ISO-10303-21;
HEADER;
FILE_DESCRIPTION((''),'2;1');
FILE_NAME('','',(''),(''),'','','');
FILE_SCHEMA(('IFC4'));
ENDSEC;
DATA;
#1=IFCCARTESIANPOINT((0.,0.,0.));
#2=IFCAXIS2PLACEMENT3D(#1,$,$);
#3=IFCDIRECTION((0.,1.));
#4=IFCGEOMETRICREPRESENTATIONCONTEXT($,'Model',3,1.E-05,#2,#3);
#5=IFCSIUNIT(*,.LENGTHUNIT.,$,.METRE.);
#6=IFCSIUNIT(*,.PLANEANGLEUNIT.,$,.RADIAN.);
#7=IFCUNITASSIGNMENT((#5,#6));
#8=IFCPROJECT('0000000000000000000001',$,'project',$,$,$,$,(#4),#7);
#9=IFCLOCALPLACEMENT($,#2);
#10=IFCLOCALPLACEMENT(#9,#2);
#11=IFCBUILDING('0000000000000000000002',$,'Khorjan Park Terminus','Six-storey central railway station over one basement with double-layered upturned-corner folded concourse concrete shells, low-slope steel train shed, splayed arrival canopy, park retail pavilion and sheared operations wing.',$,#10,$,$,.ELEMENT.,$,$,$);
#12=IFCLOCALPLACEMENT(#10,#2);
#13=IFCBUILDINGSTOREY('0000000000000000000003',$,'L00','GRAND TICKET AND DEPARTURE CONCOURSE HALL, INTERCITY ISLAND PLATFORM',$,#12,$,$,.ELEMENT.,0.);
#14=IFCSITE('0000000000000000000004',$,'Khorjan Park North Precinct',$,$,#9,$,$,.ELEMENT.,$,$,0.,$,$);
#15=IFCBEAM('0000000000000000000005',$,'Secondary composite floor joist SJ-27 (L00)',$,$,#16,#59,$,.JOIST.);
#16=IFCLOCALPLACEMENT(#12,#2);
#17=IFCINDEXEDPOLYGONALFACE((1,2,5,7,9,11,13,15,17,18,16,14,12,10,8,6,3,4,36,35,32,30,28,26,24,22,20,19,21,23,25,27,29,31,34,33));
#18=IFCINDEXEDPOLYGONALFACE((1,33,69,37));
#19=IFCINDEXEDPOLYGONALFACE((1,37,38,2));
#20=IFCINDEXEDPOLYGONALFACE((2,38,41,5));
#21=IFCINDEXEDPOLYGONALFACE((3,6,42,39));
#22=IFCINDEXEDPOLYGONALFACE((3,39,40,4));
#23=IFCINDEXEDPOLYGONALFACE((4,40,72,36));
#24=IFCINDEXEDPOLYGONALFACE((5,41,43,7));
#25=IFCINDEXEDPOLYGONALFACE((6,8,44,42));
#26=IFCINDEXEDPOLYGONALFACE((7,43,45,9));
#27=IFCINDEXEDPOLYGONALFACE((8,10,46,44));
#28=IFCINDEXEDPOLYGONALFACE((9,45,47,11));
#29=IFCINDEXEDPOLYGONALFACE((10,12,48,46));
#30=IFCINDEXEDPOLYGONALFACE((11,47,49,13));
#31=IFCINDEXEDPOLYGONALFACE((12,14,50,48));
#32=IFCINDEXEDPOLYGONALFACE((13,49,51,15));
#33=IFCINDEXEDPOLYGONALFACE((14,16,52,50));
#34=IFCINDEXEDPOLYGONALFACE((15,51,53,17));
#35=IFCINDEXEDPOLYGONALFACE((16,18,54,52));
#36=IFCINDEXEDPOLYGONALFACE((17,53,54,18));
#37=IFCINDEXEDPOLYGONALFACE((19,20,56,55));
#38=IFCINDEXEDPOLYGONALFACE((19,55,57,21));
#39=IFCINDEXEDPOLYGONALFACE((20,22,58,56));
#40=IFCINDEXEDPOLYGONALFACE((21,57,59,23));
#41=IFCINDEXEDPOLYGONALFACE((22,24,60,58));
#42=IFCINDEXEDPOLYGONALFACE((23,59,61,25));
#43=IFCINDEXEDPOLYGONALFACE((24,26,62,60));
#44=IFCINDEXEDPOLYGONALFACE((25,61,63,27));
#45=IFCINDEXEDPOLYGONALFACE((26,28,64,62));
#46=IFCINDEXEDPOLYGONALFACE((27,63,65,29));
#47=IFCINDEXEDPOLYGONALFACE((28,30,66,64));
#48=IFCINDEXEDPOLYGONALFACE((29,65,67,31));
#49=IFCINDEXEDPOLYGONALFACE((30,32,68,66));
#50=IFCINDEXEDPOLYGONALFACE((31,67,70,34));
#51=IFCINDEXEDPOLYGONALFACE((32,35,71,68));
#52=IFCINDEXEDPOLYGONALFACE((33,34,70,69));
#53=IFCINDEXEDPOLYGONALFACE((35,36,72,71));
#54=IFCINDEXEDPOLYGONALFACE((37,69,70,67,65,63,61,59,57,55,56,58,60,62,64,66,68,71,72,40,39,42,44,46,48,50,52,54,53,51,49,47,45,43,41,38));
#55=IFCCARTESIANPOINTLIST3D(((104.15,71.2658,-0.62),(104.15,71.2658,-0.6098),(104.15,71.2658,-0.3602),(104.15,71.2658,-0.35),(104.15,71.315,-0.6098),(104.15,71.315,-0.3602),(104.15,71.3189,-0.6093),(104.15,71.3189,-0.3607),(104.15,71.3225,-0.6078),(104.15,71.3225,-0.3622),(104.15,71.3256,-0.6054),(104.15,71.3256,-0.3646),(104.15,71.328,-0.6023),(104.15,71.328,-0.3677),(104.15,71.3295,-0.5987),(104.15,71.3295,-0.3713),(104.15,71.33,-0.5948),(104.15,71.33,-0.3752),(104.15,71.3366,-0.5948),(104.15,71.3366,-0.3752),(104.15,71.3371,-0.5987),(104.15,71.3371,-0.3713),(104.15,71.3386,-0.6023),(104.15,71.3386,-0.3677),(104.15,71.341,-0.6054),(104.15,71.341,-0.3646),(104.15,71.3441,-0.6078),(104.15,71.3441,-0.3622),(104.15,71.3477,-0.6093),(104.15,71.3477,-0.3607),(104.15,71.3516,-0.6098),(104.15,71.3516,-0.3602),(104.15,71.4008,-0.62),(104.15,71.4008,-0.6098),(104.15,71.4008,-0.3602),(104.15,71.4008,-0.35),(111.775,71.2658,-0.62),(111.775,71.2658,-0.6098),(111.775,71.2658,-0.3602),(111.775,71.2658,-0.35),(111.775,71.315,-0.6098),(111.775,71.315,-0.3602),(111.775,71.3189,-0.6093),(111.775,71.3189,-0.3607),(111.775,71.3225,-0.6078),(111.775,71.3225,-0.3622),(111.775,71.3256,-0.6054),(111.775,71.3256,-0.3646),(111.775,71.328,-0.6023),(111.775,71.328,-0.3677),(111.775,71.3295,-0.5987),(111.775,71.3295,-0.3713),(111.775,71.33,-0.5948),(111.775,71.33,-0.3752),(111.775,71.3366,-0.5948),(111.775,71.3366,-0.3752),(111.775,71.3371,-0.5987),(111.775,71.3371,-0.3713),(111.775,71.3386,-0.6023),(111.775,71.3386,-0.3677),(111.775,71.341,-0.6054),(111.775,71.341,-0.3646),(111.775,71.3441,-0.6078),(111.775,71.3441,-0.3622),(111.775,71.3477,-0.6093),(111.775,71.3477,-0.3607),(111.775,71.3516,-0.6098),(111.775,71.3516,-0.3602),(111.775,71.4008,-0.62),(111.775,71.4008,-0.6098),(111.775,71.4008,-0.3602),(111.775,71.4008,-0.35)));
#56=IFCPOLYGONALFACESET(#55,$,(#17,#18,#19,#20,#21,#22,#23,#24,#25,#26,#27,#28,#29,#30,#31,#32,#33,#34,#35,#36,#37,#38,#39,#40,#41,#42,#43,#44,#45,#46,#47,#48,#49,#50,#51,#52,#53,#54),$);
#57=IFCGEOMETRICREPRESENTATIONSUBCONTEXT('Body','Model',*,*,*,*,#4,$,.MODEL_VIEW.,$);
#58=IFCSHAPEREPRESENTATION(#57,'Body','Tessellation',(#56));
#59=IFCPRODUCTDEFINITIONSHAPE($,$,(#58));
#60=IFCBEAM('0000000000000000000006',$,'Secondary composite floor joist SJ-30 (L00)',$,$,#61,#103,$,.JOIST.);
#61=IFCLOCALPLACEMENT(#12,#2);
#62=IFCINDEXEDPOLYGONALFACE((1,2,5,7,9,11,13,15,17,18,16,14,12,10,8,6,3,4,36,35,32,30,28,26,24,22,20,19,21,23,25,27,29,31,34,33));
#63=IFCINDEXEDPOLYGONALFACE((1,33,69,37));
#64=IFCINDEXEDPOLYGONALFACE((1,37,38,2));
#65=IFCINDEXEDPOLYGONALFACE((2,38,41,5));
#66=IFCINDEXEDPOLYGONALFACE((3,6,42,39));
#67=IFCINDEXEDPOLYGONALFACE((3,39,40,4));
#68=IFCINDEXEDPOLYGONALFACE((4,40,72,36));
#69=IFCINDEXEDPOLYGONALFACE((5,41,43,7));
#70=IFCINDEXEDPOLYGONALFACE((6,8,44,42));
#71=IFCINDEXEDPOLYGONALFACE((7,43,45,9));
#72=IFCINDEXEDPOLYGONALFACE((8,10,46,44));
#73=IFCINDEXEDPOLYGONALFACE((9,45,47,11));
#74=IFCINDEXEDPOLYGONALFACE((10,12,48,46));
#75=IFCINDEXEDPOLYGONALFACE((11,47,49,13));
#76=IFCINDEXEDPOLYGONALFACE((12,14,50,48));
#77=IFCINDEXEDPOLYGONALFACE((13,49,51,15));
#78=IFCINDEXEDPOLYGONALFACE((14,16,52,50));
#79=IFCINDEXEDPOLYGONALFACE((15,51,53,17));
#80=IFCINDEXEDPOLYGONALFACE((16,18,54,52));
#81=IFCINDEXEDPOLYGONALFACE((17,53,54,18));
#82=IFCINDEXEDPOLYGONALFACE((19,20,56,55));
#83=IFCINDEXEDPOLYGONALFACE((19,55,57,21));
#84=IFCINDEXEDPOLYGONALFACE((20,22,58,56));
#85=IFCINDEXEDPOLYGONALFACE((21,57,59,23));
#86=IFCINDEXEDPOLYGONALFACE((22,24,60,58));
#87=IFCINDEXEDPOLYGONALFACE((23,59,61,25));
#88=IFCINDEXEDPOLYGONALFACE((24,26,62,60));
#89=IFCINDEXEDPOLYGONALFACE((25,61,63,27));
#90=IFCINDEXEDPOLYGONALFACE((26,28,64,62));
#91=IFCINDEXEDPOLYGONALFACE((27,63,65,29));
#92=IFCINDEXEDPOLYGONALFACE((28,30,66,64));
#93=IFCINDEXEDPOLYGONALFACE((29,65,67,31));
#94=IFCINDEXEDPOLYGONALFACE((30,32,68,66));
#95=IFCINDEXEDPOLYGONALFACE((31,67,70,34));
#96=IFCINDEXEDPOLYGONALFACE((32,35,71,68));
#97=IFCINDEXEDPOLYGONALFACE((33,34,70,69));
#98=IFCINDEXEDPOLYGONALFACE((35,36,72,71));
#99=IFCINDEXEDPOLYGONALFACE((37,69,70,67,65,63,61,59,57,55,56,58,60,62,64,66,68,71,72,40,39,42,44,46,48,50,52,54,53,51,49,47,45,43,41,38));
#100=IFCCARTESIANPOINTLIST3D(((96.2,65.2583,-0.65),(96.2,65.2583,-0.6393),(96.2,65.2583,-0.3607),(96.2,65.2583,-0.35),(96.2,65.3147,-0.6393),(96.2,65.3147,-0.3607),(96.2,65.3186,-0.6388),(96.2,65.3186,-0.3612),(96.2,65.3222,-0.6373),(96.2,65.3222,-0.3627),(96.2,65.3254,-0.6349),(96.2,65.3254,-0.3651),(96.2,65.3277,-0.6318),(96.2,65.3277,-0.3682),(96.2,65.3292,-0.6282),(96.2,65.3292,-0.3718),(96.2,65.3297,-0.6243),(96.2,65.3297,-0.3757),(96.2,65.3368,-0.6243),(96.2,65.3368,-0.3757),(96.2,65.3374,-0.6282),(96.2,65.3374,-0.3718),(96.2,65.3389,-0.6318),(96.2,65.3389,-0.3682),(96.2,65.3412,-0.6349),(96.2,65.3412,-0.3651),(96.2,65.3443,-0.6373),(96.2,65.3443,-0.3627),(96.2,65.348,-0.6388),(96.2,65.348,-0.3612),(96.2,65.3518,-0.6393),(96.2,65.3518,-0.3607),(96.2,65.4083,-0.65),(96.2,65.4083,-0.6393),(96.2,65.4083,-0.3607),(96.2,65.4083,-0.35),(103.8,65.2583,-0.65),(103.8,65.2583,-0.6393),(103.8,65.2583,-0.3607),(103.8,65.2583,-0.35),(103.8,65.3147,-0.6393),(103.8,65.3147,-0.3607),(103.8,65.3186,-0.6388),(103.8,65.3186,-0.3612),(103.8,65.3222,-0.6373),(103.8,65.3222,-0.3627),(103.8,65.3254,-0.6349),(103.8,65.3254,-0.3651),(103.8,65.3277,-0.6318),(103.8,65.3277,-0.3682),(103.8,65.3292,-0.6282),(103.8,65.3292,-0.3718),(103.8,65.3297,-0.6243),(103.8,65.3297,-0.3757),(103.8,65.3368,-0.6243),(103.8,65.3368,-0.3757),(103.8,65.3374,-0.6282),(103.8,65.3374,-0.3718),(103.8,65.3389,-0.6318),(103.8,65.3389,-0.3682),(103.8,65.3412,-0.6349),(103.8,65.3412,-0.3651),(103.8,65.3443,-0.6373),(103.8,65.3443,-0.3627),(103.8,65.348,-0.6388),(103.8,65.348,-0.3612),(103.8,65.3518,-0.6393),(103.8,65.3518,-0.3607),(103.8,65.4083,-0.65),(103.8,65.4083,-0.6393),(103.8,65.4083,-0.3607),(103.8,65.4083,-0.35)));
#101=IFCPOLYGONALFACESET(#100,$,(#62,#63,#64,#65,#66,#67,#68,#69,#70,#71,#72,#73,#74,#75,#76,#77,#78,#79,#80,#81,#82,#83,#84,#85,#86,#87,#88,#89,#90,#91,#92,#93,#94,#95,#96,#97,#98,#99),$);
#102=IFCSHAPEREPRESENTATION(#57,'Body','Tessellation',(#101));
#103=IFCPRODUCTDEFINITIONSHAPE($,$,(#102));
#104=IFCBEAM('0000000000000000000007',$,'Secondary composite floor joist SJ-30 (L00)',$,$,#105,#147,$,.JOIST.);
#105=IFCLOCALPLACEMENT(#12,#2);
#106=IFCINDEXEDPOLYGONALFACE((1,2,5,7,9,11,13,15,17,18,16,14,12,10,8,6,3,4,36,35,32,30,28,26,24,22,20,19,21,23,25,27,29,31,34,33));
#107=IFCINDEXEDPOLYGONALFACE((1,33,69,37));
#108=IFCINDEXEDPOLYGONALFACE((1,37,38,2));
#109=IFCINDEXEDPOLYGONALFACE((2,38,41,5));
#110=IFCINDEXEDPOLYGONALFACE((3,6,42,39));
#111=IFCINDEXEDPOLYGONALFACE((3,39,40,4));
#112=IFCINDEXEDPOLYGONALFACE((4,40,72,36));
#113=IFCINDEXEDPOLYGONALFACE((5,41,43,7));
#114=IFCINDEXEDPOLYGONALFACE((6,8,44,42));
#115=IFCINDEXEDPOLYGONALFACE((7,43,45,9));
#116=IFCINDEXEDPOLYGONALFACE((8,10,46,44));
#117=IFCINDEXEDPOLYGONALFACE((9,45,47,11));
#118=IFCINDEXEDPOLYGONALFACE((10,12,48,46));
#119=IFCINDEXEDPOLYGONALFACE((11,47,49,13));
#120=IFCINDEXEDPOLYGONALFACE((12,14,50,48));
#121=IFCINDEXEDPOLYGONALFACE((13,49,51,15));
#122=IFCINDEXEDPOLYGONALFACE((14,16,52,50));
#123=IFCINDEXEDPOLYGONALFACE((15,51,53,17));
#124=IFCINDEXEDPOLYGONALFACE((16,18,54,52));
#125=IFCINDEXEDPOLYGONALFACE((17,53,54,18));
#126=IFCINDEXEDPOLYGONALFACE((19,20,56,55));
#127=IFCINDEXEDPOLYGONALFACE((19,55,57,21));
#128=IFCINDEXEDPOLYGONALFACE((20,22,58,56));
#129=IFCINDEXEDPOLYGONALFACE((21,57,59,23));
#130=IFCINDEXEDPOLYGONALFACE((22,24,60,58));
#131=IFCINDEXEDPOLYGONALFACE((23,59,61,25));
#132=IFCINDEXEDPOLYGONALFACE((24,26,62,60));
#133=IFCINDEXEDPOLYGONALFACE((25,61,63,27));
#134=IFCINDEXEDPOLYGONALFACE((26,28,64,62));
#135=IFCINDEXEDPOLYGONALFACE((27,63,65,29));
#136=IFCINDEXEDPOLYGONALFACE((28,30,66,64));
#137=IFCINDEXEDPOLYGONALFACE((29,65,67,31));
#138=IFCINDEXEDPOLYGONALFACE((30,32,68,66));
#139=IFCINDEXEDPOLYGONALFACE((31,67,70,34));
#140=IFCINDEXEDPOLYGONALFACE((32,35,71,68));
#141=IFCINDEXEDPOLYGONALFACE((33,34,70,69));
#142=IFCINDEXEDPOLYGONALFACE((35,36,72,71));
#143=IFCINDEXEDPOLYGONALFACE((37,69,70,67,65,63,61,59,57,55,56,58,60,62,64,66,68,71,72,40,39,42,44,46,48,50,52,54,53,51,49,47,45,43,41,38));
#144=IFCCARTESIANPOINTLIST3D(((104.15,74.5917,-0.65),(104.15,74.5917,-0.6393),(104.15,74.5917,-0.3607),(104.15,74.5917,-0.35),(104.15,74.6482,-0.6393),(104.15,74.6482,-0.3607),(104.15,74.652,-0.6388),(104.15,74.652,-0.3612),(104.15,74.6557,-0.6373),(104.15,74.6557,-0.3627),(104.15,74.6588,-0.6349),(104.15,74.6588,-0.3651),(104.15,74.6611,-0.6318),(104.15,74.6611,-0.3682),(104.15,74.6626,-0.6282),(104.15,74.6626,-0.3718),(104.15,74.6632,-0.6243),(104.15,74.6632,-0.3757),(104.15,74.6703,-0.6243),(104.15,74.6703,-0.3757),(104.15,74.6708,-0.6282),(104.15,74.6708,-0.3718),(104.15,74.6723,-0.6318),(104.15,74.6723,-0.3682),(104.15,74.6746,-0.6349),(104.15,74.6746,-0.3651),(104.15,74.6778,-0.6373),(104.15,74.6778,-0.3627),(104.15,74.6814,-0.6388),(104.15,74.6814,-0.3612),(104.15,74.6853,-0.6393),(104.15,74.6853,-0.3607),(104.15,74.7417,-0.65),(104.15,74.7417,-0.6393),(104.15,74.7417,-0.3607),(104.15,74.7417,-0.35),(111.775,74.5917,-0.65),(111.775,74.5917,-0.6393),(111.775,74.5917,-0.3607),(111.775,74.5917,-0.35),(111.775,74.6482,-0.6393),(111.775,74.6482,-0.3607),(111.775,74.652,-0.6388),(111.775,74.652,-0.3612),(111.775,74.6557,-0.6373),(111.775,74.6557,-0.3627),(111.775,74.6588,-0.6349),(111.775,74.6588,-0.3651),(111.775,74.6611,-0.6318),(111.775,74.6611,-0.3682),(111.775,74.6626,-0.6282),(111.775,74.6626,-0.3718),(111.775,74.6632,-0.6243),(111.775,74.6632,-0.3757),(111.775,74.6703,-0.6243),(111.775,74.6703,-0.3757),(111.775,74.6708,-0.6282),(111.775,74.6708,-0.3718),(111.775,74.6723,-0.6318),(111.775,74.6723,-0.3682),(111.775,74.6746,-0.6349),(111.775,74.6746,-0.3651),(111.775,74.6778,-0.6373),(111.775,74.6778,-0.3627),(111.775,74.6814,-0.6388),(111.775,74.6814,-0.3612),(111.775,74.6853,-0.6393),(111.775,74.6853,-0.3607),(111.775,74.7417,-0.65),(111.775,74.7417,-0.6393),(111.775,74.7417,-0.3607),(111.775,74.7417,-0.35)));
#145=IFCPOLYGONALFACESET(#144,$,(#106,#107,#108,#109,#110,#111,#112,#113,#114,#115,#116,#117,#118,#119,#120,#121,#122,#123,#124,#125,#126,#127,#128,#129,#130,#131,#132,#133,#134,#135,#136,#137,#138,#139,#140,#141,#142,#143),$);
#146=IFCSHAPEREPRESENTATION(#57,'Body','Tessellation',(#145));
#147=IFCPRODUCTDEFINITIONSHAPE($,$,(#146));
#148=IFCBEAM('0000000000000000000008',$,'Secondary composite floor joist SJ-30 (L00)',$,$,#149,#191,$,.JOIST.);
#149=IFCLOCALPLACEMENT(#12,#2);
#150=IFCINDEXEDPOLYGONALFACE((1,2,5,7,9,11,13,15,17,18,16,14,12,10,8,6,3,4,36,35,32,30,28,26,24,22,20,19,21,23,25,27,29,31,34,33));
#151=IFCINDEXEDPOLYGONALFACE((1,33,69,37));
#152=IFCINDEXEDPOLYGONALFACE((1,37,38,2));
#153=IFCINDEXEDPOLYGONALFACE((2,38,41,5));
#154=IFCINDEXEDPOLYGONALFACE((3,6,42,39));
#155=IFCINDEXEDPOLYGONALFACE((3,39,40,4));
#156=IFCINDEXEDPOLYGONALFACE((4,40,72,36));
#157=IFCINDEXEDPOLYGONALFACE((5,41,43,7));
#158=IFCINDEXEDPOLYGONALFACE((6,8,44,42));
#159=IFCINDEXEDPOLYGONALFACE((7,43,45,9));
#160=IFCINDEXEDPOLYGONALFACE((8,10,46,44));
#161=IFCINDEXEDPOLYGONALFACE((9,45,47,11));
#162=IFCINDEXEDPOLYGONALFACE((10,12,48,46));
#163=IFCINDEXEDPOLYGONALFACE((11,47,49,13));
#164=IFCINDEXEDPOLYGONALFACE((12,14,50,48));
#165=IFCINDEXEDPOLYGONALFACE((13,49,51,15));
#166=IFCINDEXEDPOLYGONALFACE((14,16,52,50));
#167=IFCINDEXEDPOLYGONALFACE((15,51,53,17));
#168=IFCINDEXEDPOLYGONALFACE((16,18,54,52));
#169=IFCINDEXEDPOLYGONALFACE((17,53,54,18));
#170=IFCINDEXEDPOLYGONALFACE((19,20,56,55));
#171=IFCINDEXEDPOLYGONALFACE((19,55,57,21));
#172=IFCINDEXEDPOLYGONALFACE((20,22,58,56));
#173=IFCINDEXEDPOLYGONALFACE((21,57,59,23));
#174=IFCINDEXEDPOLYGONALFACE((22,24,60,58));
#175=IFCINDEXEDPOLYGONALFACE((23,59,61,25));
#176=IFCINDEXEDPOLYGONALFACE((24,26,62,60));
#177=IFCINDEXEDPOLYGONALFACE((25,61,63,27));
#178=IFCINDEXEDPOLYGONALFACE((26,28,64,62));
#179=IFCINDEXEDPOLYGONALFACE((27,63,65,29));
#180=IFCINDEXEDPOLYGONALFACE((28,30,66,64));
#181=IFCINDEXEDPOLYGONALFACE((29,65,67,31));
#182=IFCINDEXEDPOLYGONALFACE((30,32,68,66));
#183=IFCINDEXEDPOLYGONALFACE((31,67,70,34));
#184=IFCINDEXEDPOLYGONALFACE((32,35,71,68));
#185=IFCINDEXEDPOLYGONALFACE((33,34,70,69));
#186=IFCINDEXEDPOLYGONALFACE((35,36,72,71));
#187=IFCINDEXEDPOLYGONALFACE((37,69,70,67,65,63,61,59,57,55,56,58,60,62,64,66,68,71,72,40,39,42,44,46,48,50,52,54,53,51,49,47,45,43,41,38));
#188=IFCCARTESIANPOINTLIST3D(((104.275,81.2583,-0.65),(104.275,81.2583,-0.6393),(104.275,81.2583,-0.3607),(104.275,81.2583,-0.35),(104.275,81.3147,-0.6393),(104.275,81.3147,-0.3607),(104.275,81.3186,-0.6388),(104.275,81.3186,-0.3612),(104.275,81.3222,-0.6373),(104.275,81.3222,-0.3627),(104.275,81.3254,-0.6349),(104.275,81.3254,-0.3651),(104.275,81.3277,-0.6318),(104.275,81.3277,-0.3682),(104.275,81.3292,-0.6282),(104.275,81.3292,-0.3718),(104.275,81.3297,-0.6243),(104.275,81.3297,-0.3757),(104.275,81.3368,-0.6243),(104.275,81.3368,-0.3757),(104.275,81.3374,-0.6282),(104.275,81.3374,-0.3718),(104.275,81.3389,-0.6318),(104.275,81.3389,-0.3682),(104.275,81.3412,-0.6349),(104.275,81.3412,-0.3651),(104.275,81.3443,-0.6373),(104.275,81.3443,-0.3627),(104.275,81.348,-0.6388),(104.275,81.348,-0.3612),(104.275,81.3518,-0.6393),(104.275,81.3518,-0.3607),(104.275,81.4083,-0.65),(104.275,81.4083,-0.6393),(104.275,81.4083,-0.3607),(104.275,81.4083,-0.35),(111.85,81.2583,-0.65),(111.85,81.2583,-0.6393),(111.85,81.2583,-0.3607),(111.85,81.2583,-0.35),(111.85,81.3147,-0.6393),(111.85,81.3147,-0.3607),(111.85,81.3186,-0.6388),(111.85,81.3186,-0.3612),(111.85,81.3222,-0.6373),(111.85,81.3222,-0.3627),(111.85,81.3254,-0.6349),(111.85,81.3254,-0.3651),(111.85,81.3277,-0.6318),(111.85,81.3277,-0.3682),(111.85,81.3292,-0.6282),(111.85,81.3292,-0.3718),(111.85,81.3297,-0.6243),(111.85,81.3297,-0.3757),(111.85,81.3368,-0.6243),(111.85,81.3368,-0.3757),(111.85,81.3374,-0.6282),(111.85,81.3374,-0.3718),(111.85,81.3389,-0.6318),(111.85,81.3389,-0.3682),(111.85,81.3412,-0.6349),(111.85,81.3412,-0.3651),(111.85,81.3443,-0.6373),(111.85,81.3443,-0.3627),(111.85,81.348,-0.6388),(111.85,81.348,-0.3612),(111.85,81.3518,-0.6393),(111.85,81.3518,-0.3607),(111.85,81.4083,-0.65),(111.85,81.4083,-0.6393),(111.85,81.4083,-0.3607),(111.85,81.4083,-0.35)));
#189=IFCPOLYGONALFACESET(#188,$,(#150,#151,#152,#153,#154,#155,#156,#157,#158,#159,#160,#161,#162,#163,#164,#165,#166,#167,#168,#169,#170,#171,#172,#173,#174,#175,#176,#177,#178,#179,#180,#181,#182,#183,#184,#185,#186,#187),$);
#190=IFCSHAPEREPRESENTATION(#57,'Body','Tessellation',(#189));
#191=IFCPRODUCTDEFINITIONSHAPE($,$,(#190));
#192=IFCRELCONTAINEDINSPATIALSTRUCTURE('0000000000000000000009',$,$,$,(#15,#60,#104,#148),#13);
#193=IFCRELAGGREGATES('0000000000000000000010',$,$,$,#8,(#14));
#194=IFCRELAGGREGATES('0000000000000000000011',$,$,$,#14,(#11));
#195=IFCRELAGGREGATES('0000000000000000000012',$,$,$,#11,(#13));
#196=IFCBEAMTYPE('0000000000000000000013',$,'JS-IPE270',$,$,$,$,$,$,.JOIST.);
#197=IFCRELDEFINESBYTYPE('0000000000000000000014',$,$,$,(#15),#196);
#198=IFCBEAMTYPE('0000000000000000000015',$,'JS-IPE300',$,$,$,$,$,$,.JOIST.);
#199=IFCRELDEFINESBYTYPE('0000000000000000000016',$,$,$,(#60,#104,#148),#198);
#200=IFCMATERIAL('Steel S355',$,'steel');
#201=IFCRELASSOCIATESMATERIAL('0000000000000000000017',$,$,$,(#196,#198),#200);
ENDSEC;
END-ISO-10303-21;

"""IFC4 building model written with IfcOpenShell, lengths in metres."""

from ifc_helpers import new_model, si_unit, direction, frame, origin, origin_2d, place, context, subcontext, project, spatial, i_section, extrude, material, material_profile, profile_set, type_object, element, save


model = new_model("IFC4")

# Units and contexts
model_context = context("Model", 3, precision=1e-05, world=origin(), true_north=direction((0.0, 1.0)))
body_context = subcontext(model_context, "Body", "Model", "MODEL_VIEW")
ifc_project = project(units=[si_unit("LENGTHUNIT", "METRE"), si_unit("PLANEANGLEUNIT", "RADIAN")], contexts=[model_context])

# Site, building, storey
site_placement = place(None, origin())
site = spatial("IfcSite", under=ifc_project, at=site_placement, Name="Khorjan Park North Precinct", CompositionType="ELEMENT", RefElevation=0.0)
building_placement = place(site_placement, origin())
building = spatial("IfcBuilding", under=site, at=building_placement, Name="Khorjan Park Terminus", Description="Six-storey central railway station over one basement with double-layered upturned-corner folded concourse concrete shells, low-slope steel train shed, splayed arrival canopy, park retail pavilion and sheared operations wing.", CompositionType="ELEMENT")
storey_placement = place(building_placement, origin())
storey = spatial("IfcBuildingStorey", under=building, at=storey_placement, Name="L00", Description="GRAND TICKET AND DEPARTURE CONCOURSE HALL, INTERCITY ISLAND PLATFORM", CompositionType="ELEMENT", Elevation=0.0)

# Beams
ifc_material_1 = material(Name="Steel S355", Category="steel")
ifc_material_profile_1 = material_profile(ifc_material_1, i_section(OverallWidth=0.135, OverallDepth=0.27, WebThickness=0.0066, FlangeThickness=0.0102, FilletRadius=0.015, at=origin_2d()), Name="IPE 270")
ifc_profile_set_1 = profile_set([ifc_material_profile_1], Name="Steel S355")
beam_type_1 = type_object("IfcBeamType", Name="JS-IPE270", PredefinedType="JOIST", material=ifc_profile_set_1)
beam_1_placement = place(storey_placement, frame((104.15, 71.3333, -0.485), z_axis=(1.0, 0.0, 0.0), x_axis=(0.0, 1.0, 0.0)))
element("IfcBeam", 1, at=beam_1_placement, inside=storey, type_object=beam_type_1, Name="Secondary composite floor joist SJ-27 (L00)", PredefinedType="JOIST", context=body_context, shape_type="SweptSolid", body=[
    extrude(i_section(OverallWidth=0.135, OverallDepth=0.27, WebThickness=0.0066, FlangeThickness=0.0102, FilletRadius=0.015, at=origin_2d()), origin(), (0.0, 0.0, 1.0), 7.625),
])
ifc_material_profile_2 = material_profile(ifc_material_1, i_section(OverallWidth=0.15, OverallDepth=0.3, WebThickness=0.0071, FlangeThickness=0.0107, FilletRadius=0.015, at=origin_2d()), Name="IPE 300")
ifc_profile_set_2 = profile_set([ifc_material_profile_2], Name="Steel S355")
beam_type_2 = type_object("IfcBeamType", Name="JS-IPE300", PredefinedType="JOIST", material=ifc_profile_set_2)
beam_2_placement = place(storey_placement, frame((96.2, 65.3333, -0.5), z_axis=(1.0, 0.0, 0.0), x_axis=(0.0, 1.0, 0.0)))
element("IfcBeam", 2, at=beam_2_placement, inside=storey, type_object=beam_type_2, Name="Secondary composite floor joist SJ-30 (L00)", PredefinedType="JOIST", context=body_context, shape_type="SweptSolid", body=[
    extrude(i_section(OverallWidth=0.15, OverallDepth=0.3, WebThickness=0.0071, FlangeThickness=0.0107, FilletRadius=0.015, at=origin_2d()), origin(), (0.0, 0.0, 1.0), 7.6),
])
beam_3_placement = place(storey_placement, frame((104.15, 74.6667, -0.5), z_axis=(1.0, 0.0, 0.0), x_axis=(0.0, 1.0, 0.0)))
element("IfcBeam", 3, at=beam_3_placement, inside=storey, type_object=beam_type_2, Name="Secondary composite floor joist SJ-30 (L00)", PredefinedType="JOIST", context=body_context, shape_type="SweptSolid", body=[
    extrude(i_section(OverallWidth=0.15, OverallDepth=0.3, WebThickness=0.0071, FlangeThickness=0.0107, FilletRadius=0.015, at=origin_2d()), origin(), (0.0, 0.0, 1.0), 7.625),
])
beam_4_placement = place(storey_placement, frame((104.275, 81.3333, -0.5), z_axis=(1.0, 0.0, 0.0), x_axis=(0.0, 1.0, 0.0)))
element("IfcBeam", 4, at=beam_4_placement, inside=storey, type_object=beam_type_2, Name="Secondary composite floor joist SJ-30 (L00)", PredefinedType="JOIST", context=body_context, shape_type="SweptSolid", body=[
    extrude(i_section(OverallWidth=0.15, OverallDepth=0.3, WebThickness=0.0071, FlangeThickness=0.0107, FilletRadius=0.015, at=origin_2d()), origin(), (0.0, 0.0, 1.0), 7.575),
])

save(model, "model.ifc")
